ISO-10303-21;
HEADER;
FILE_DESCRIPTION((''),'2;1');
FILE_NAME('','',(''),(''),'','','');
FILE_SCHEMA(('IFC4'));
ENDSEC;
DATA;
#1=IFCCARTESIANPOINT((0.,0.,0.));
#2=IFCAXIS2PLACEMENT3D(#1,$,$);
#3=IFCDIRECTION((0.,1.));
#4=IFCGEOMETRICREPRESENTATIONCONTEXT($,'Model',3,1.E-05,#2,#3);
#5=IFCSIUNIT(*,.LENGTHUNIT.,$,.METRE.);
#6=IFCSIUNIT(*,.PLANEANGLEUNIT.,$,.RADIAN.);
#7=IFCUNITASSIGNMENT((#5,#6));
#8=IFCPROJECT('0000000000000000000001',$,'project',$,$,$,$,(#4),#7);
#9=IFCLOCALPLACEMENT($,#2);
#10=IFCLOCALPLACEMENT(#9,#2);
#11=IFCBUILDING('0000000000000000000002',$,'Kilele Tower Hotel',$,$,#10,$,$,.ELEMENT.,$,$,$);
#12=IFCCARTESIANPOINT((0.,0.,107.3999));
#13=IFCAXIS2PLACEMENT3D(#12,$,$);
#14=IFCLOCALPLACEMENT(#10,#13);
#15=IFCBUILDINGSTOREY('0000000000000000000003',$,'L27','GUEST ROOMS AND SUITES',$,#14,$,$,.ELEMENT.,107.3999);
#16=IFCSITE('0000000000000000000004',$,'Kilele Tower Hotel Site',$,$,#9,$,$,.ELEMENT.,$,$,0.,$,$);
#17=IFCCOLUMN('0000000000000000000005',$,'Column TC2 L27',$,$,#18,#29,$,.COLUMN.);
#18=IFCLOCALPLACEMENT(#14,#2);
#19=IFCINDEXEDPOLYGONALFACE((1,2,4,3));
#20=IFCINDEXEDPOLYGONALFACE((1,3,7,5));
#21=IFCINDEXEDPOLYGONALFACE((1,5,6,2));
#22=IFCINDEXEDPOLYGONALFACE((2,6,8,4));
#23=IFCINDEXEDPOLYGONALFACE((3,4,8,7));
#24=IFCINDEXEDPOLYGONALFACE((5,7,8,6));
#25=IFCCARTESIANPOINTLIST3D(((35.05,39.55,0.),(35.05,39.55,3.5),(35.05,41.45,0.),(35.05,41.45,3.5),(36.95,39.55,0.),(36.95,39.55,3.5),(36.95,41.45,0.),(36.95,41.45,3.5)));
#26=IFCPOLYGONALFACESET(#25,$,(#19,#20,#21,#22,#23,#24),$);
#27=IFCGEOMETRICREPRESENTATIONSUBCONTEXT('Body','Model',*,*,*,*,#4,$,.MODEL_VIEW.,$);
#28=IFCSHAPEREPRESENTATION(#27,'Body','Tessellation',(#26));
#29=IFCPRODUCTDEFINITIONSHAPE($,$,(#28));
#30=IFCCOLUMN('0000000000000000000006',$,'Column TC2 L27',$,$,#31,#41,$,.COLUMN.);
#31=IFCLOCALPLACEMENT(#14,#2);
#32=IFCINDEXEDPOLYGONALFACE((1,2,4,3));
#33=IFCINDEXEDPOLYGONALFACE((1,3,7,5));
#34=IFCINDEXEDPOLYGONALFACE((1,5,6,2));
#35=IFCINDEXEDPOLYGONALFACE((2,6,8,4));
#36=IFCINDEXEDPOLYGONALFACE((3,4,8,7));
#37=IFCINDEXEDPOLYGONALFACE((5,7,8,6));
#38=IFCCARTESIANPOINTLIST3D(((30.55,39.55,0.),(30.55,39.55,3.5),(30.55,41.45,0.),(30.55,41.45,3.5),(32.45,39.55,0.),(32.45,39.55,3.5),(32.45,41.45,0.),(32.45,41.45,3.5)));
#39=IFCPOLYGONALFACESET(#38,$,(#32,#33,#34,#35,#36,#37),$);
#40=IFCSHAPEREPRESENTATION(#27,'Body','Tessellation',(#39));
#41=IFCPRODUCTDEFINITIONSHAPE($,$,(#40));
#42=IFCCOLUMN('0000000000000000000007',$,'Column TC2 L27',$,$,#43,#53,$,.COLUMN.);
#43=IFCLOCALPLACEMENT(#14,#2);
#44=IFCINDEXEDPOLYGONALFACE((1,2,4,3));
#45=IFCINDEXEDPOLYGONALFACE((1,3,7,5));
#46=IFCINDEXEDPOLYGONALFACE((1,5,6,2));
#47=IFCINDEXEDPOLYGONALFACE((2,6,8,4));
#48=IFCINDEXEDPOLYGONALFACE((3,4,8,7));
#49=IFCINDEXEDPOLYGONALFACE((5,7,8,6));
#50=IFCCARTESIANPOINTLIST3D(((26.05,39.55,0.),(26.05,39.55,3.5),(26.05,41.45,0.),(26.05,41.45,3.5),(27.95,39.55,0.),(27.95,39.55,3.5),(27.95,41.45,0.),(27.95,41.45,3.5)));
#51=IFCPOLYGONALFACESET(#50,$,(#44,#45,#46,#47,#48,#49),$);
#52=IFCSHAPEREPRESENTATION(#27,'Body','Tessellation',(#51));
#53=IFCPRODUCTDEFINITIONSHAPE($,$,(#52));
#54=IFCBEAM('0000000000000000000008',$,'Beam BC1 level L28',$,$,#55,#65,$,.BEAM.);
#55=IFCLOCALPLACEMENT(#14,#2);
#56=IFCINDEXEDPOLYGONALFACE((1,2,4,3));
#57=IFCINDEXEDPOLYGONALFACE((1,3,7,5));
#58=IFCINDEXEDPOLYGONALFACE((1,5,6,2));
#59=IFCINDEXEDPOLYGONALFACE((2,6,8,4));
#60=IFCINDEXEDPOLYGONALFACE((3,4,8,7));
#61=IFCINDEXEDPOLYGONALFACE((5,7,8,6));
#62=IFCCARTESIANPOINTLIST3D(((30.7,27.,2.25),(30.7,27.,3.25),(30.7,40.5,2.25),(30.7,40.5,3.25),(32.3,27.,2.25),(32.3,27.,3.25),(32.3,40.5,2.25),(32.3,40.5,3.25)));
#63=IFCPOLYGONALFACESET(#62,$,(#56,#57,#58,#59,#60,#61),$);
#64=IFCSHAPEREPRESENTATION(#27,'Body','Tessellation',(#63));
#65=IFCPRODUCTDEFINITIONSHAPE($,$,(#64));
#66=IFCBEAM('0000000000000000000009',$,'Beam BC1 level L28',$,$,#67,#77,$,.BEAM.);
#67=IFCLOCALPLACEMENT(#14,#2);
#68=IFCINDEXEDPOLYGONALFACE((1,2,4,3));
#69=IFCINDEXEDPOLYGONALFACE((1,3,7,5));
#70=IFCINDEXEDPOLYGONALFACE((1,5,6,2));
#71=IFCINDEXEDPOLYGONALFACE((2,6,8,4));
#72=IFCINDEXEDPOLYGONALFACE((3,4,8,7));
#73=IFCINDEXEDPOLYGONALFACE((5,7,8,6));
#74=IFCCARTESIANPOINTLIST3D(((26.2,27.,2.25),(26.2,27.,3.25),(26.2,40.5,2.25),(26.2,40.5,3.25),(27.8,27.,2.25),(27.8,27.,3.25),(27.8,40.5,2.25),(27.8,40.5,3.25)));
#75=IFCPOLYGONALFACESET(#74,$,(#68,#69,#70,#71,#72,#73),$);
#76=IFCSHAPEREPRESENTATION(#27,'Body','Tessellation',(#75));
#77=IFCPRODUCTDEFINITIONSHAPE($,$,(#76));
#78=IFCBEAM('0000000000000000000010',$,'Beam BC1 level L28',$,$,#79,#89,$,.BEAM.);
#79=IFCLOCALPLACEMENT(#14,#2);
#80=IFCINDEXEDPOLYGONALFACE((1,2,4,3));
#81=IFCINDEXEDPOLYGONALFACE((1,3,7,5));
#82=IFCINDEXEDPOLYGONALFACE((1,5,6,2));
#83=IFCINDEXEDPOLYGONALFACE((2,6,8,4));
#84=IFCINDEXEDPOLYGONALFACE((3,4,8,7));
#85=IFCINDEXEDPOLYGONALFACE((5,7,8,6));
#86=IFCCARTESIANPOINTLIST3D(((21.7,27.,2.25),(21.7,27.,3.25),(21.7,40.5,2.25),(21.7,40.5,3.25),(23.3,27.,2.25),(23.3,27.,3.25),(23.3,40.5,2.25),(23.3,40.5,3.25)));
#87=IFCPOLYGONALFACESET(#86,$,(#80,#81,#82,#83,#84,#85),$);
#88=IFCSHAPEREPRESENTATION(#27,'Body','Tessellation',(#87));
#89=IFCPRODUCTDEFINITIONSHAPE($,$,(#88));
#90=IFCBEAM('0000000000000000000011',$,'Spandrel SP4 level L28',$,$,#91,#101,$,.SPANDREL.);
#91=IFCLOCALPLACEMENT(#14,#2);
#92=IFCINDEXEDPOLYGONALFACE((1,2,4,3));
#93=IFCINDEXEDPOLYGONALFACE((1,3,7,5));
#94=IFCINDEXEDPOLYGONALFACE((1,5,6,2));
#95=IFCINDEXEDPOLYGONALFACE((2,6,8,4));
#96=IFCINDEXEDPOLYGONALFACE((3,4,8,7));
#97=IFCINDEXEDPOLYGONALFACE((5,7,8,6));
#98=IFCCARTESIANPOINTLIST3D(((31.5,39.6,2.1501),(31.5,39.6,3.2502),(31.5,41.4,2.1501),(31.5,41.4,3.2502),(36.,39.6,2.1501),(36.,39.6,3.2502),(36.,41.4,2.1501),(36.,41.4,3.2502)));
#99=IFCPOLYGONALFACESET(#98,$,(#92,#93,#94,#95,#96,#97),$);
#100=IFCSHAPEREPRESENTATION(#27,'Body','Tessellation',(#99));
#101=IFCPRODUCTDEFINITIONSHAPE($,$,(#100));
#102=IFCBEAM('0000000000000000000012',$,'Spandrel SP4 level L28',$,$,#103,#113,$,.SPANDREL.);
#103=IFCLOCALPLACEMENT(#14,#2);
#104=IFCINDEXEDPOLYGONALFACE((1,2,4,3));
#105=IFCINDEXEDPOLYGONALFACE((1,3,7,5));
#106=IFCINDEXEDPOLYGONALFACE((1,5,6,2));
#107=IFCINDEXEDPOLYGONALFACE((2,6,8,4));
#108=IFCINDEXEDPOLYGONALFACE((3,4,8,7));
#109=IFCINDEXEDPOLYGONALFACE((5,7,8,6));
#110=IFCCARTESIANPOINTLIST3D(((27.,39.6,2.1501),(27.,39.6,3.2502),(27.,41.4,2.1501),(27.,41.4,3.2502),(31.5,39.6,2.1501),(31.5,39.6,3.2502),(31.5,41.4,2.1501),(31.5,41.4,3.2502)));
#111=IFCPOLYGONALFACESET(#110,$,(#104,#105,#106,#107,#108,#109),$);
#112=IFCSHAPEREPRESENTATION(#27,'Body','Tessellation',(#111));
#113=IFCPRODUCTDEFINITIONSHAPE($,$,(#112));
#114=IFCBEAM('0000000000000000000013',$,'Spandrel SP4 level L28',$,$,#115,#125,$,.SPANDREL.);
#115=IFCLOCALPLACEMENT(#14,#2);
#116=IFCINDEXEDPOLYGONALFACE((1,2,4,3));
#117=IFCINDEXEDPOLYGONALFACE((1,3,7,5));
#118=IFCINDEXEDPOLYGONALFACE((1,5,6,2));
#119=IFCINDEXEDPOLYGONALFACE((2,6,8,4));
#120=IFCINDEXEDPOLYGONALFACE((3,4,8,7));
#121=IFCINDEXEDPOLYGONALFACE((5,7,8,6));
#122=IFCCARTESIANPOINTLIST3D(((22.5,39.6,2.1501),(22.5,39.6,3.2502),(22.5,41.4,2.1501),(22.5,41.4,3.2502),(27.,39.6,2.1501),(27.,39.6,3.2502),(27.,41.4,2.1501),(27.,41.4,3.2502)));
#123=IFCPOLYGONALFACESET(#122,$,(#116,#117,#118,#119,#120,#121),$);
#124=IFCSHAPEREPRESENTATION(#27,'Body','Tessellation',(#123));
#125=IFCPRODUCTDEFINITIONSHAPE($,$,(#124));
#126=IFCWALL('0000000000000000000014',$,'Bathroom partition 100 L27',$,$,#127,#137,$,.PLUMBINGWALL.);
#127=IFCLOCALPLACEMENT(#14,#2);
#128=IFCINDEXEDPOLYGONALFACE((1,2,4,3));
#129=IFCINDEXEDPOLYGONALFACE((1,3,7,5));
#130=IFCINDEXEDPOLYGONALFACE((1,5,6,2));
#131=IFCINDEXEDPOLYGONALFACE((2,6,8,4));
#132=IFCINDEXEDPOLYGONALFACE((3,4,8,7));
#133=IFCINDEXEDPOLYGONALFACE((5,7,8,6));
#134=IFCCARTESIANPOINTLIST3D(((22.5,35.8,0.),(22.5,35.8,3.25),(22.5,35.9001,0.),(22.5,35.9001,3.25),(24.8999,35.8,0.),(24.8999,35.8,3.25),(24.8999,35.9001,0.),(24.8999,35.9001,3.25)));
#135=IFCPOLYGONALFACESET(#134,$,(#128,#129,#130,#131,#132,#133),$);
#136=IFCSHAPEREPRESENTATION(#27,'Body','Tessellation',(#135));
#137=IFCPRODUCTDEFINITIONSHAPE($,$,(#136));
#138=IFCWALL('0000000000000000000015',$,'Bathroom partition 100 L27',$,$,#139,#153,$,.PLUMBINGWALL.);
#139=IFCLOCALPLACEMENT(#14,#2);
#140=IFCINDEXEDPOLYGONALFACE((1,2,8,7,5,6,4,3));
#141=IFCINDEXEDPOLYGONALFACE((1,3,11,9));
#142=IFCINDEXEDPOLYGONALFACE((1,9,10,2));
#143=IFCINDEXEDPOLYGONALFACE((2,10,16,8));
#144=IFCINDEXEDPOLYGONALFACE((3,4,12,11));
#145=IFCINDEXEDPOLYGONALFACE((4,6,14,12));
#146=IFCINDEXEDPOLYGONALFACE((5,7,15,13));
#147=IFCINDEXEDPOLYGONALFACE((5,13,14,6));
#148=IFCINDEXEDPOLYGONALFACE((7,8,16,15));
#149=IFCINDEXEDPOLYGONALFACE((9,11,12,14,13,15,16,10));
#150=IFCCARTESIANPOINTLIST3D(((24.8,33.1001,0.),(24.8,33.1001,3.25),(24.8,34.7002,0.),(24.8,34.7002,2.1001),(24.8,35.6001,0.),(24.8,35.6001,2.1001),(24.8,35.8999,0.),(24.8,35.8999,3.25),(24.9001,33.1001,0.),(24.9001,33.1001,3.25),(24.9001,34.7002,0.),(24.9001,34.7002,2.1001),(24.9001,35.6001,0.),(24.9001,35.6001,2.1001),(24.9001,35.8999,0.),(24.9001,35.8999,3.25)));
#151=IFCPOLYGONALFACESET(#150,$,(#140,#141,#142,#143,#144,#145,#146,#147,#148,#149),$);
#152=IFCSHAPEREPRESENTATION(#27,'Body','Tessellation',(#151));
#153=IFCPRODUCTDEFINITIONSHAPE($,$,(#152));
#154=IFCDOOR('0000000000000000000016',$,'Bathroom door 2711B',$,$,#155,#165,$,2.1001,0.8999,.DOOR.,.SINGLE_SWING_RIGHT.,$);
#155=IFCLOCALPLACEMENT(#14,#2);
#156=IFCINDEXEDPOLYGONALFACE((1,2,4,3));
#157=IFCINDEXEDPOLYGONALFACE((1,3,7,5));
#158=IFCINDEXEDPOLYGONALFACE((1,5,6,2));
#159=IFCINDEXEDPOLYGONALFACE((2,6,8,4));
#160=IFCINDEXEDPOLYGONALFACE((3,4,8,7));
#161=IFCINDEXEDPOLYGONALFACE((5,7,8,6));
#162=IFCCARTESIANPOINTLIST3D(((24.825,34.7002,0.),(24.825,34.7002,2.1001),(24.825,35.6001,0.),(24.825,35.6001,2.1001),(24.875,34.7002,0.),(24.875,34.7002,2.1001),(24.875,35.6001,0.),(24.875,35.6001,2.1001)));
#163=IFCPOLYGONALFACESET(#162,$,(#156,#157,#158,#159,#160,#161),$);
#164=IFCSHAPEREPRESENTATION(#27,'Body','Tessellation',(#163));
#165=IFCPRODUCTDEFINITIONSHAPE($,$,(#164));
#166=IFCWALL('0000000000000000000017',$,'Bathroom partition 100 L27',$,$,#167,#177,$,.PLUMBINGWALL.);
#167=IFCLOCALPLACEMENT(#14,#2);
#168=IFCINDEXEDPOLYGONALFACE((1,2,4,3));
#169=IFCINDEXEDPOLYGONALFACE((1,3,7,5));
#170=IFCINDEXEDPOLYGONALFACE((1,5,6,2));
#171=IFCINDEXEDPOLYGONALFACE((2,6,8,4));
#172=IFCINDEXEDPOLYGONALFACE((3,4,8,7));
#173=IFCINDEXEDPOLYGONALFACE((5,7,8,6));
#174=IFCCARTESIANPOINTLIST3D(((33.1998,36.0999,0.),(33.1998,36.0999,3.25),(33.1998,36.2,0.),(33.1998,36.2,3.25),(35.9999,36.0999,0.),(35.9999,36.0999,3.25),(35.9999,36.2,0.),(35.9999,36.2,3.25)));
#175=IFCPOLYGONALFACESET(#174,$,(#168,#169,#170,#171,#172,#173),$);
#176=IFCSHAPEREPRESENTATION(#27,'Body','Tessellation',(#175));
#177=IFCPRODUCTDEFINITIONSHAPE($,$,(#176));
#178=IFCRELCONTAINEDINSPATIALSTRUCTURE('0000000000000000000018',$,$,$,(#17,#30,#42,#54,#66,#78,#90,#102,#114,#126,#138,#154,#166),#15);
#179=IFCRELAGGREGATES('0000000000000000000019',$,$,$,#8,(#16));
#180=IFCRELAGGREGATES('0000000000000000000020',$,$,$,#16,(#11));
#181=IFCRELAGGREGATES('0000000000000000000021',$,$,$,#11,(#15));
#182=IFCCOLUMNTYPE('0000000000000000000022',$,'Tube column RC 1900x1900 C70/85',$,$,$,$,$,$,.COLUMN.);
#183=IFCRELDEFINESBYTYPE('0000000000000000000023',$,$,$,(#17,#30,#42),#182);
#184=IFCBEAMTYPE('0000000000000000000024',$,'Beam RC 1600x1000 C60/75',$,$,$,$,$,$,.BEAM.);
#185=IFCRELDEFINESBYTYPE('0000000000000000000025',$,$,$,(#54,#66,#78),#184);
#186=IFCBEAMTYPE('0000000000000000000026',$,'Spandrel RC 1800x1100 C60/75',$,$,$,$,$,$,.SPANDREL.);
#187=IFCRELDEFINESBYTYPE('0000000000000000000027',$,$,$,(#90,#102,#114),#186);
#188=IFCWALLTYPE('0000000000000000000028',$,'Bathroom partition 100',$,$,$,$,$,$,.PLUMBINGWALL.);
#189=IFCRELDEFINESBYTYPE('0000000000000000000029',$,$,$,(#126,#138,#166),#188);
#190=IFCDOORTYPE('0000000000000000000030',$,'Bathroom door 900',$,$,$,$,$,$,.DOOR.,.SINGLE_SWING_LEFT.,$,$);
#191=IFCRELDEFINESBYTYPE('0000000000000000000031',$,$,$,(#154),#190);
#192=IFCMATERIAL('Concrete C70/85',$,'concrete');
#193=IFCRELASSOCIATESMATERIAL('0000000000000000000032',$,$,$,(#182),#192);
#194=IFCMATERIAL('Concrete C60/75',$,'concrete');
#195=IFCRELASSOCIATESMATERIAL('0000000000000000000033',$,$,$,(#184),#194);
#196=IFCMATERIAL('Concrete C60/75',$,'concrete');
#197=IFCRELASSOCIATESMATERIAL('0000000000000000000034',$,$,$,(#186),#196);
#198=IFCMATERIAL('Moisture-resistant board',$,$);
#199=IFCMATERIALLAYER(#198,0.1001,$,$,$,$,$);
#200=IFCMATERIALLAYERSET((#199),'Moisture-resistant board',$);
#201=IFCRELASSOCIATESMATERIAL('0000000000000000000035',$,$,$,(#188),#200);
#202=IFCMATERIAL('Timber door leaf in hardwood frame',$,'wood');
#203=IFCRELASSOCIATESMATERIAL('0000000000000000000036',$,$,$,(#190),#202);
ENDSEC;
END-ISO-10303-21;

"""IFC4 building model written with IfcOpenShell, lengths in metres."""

from ifc_helpers import new_model, si_unit, direction, frame, frame_2d, origin, origin_2d, place, context, subcontext, project, spatial, rectangle, extrude, material, layer, layer_set, material_profile, profile_set, type_object, element, fill, save


model = new_model("IFC4")

# Units and contexts
model_context = context("Model", 3, precision=1e-05, world=origin(), true_north=direction((0.0, 1.0)))
body_context = subcontext(model_context, "Body", "Model", "MODEL_VIEW")
ifc_project = project(units=[si_unit("LENGTHUNIT", "METRE"), si_unit("PLANEANGLEUNIT", "RADIAN")], contexts=[model_context])

# Site, building, storey
site_placement = place(None, origin())
site = spatial("IfcSite", under=ifc_project, at=site_placement, Name="Kilele Tower Hotel Site", CompositionType="ELEMENT", RefElevation=0.0)
building_placement = place(site_placement, origin())
building = spatial("IfcBuilding", under=site, at=building_placement, Name="Kilele Tower Hotel", CompositionType="ELEMENT")
storey_placement = place(building_placement, frame((0.0, 0.0, 107.3999)))
storey = spatial("IfcBuildingStorey", under=building, at=storey_placement, Name="L27", Description="GUEST ROOMS AND SUITES", CompositionType="ELEMENT", Elevation=107.3999)

# Columns
ifc_material_1 = material(Name="Concrete C70/85", Category="concrete")
ifc_material_profile_1 = material_profile(ifc_material_1, rectangle(XDim=1.8999, YDim=1.8999, at=origin_2d()))
ifc_profile_set_1 = profile_set([ifc_material_profile_1], Name="Concrete C70/85")
column_type = type_object("IfcColumnType", Name="Tube column RC 1900x1900 C70/85", PredefinedType="COLUMN", material=ifc_profile_set_1)
for number, where, z_axis, x_axis, name in (
    (1, (36.0, 40.5, 0.0), (0.0, 0.0, 1.0), (1.0, 0.0, 0.0), "Column TC2 L27"),
    (2, (31.5, 40.5, 0.0), (0.0, 0.0, 1.0), (1.0, 0.0, 0.0), "Column TC2 L27"),
    (3, (27.0, 40.5, 0.0), (0.0, 0.0, 1.0), (1.0, 0.0, 0.0), "Column TC2 L27"),
):
    element("IfcColumn", number, at=place(storey_placement, frame(where, z_axis=z_axis, x_axis=x_axis)), inside=storey, type_object=column_type, Name=name, PredefinedType="COLUMN", context=body_context, shape_type="SweptSolid", body=[
        extrude(rectangle(XDim=1.8999, YDim=1.8999, at=origin_2d()), origin(), (0.0, 0.0, 1.0), 3.5),
    ])

# Beams
ifc_material_2 = material(Name="Concrete C60/75", Category="concrete")
ifc_material_profile_2 = material_profile(ifc_material_2, rectangle(XDim=1.6001, YDim=1.0, at=origin_2d()))
ifc_profile_set_2 = profile_set([ifc_material_profile_2], Name="Concrete C60/75")
beam_type_1 = type_object("IfcBeamType", Name="Beam RC 1600x1000 C60/75", PredefinedType="BEAM", material=ifc_profile_set_2)
for number, where, z_axis, x_axis, name in (
    (4, (31.5, 40.5, 2.75), (0.0, -1.0, 0.0), (1.0, 0.0, 0.0), "Beam BC1 level L28"),
    (5, (27.0, 40.5, 2.75), (0.0, -1.0, 0.0), (1.0, 0.0, 0.0), "Beam BC1 level L28"),
    (6, (22.5, 40.5, 2.75), (0.0, -1.0, 0.0), (1.0, 0.0, 0.0), "Beam BC1 level L28"),
):
    element("IfcBeam", number, at=place(storey_placement, frame(where, z_axis=z_axis, x_axis=x_axis)), inside=storey, type_object=beam_type_1, Name=name, PredefinedType="BEAM", context=body_context, shape_type="SweptSolid", body=[
        extrude(rectangle(XDim=1.6001, YDim=1.0, at=origin_2d()), origin(), (0.0, 0.0, 1.0), 13.5),
    ])
ifc_material_3 = material(Name="Concrete C60/75", Category="concrete")
ifc_material_profile_3 = material_profile(ifc_material_3, rectangle(XDim=1.8, YDim=1.1001, at=origin_2d()))
ifc_profile_set_3 = profile_set([ifc_material_profile_3], Name="Concrete C60/75")
beam_type_2 = type_object("IfcBeamType", Name="Spandrel RC 1800x1100 C60/75", PredefinedType="SPANDREL", material=ifc_profile_set_3)
for number, where, z_axis, x_axis, name in (
    (7, (36.0, 40.5, 2.7002), (-1.0, 0.0, 0.0), (0.0, -1.0, 0.0), "Spandrel SP4 level L28"),
    (8, (31.5, 40.5, 2.7002), (-1.0, 0.0, 0.0), (0.0, -1.0, 0.0), "Spandrel SP4 level L28"),
    (9, (27.0, 40.5, 2.7002), (-1.0, 0.0, 0.0), (0.0, -1.0, 0.0), "Spandrel SP4 level L28"),
):
    element("IfcBeam", number, at=place(storey_placement, frame(where, z_axis=z_axis, x_axis=x_axis)), inside=storey, type_object=beam_type_2, Name=name, PredefinedType="SPANDREL", context=body_context, shape_type="SweptSolid", body=[
        extrude(rectangle(XDim=1.8, YDim=1.1001, at=origin_2d()), origin(), (0.0, 0.0, 1.0), 4.5),
    ])

# Wall
ifc_material_4 = material(Name="Moisture-resistant board")
ifc_layer_1 = layer(ifc_material_4, 0.1001)
ifc_layer_set_1 = layer_set([ifc_layer_1], Name="Moisture-resistant board")
wall_type_1 = type_object("IfcWallType", Name="Bathroom partition 100", PredefinedType="PLUMBINGWALL", material=ifc_layer_set_1)
wall_1_placement = place(storey_placement, frame((22.5, 35.8501, 0.0), z_axis=(0.0, 0.0, 1.0), x_axis=(1.0, 0.0, 0.0)))
element("IfcWall", 10, at=wall_1_placement, inside=storey, type_object=wall_type_1, Name="Bathroom partition 100 L27", PredefinedType="PLUMBINGWALL", context=body_context, shape_type="SweptSolid", body=[
    extrude(rectangle(XDim=2.3999, YDim=0.1001, at=frame_2d((1.2, 0.0))), origin(), (0.0, 0.0, 1.0), 3.25),
])

# Wall, opening, door
wall_2_placement = place(storey_placement, frame((24.8501, 33.1001, 0.0), z_axis=(0.0, 0.0, 1.0), x_axis=(0.0, 1.0, 0.0)))
wall_2 = element("IfcWall", 11, at=wall_2_placement, inside=storey, type_object=wall_type_1, Name="Bathroom partition 100 L27", PredefinedType="PLUMBINGWALL", context=body_context, shape_type="SweptSolid", body=[
    extrude(rectangle(XDim=2.7998, YDim=0.1001, at=frame_2d((1.3999, 0.0))), origin(), (0.0, 0.0, 1.0), 3.25),
])
opening_1_placement = place(wall_2_placement, frame((2.5, 0.0, 0.0), z_axis=(0.0, 0.0, 1.0), x_axis=(-1.0, 0.0, 0.0)))
opening_1 = element("IfcOpeningElement", 12, at=opening_1_placement, cuts=wall_2, PredefinedType="OPENING", context=body_context, shape_type="SweptSolid", body=[
    extrude(rectangle(XDim=0.8999, YDim=2.1001, at=frame_2d((0.45, 1.05))), frame((0.0, 0.0601, 0.0), z_axis=(0.0, -1.0, 0.0), x_axis=(1.0, 0.0, 0.0)), (0.0, 0.0, 1.0), 0.1201),
])
ifc_material_5 = material(Name="Timber door leaf in hardwood frame", Category="wood")
door_type_1 = type_object("IfcDoorType", Name="Bathroom door 900", OperationType="SINGLE_SWING_LEFT", PredefinedType="DOOR", material=ifc_material_5)
door_1_placement = place(opening_1_placement, origin())
door_1 = element("IfcDoor", 13, at=door_1_placement, inside=storey, type_object=door_type_1, Name="Bathroom door 2711B", OperationType="SINGLE_SWING_RIGHT", OverallHeight=2.1001, OverallWidth=0.8999, PredefinedType="DOOR", context=body_context, shape_type="SweptSolid", body=[
    extrude(rectangle(XDim=0.8999, YDim=2.1001, at=frame_2d((0.45, 1.05))), frame((0.0, 0.0249, 0.0), z_axis=(0.0, -1.0, 0.0), x_axis=(1.0, 0.0, 0.0)), (0.0, 0.0, 1.0), 0.05),
])
fill(opening_1, door_1)

# Wall
wall_3_placement = place(storey_placement, frame((33.2, 36.1499, 0.0), z_axis=(0.0, 0.0, 1.0), x_axis=(1.0, 0.0, 0.0)))
element("IfcWall", 14, at=wall_3_placement, inside=storey, type_object=wall_type_1, Name="Bathroom partition 100 L27", PredefinedType="PLUMBINGWALL", context=body_context, shape_type="SweptSolid", body=[
    extrude(rectangle(XDim=2.8, YDim=0.1001, at=frame_2d((1.3999, 0.0))), origin(), (0.0, 0.0, 1.0), 3.25),
])

save(model, "model.ifc")
